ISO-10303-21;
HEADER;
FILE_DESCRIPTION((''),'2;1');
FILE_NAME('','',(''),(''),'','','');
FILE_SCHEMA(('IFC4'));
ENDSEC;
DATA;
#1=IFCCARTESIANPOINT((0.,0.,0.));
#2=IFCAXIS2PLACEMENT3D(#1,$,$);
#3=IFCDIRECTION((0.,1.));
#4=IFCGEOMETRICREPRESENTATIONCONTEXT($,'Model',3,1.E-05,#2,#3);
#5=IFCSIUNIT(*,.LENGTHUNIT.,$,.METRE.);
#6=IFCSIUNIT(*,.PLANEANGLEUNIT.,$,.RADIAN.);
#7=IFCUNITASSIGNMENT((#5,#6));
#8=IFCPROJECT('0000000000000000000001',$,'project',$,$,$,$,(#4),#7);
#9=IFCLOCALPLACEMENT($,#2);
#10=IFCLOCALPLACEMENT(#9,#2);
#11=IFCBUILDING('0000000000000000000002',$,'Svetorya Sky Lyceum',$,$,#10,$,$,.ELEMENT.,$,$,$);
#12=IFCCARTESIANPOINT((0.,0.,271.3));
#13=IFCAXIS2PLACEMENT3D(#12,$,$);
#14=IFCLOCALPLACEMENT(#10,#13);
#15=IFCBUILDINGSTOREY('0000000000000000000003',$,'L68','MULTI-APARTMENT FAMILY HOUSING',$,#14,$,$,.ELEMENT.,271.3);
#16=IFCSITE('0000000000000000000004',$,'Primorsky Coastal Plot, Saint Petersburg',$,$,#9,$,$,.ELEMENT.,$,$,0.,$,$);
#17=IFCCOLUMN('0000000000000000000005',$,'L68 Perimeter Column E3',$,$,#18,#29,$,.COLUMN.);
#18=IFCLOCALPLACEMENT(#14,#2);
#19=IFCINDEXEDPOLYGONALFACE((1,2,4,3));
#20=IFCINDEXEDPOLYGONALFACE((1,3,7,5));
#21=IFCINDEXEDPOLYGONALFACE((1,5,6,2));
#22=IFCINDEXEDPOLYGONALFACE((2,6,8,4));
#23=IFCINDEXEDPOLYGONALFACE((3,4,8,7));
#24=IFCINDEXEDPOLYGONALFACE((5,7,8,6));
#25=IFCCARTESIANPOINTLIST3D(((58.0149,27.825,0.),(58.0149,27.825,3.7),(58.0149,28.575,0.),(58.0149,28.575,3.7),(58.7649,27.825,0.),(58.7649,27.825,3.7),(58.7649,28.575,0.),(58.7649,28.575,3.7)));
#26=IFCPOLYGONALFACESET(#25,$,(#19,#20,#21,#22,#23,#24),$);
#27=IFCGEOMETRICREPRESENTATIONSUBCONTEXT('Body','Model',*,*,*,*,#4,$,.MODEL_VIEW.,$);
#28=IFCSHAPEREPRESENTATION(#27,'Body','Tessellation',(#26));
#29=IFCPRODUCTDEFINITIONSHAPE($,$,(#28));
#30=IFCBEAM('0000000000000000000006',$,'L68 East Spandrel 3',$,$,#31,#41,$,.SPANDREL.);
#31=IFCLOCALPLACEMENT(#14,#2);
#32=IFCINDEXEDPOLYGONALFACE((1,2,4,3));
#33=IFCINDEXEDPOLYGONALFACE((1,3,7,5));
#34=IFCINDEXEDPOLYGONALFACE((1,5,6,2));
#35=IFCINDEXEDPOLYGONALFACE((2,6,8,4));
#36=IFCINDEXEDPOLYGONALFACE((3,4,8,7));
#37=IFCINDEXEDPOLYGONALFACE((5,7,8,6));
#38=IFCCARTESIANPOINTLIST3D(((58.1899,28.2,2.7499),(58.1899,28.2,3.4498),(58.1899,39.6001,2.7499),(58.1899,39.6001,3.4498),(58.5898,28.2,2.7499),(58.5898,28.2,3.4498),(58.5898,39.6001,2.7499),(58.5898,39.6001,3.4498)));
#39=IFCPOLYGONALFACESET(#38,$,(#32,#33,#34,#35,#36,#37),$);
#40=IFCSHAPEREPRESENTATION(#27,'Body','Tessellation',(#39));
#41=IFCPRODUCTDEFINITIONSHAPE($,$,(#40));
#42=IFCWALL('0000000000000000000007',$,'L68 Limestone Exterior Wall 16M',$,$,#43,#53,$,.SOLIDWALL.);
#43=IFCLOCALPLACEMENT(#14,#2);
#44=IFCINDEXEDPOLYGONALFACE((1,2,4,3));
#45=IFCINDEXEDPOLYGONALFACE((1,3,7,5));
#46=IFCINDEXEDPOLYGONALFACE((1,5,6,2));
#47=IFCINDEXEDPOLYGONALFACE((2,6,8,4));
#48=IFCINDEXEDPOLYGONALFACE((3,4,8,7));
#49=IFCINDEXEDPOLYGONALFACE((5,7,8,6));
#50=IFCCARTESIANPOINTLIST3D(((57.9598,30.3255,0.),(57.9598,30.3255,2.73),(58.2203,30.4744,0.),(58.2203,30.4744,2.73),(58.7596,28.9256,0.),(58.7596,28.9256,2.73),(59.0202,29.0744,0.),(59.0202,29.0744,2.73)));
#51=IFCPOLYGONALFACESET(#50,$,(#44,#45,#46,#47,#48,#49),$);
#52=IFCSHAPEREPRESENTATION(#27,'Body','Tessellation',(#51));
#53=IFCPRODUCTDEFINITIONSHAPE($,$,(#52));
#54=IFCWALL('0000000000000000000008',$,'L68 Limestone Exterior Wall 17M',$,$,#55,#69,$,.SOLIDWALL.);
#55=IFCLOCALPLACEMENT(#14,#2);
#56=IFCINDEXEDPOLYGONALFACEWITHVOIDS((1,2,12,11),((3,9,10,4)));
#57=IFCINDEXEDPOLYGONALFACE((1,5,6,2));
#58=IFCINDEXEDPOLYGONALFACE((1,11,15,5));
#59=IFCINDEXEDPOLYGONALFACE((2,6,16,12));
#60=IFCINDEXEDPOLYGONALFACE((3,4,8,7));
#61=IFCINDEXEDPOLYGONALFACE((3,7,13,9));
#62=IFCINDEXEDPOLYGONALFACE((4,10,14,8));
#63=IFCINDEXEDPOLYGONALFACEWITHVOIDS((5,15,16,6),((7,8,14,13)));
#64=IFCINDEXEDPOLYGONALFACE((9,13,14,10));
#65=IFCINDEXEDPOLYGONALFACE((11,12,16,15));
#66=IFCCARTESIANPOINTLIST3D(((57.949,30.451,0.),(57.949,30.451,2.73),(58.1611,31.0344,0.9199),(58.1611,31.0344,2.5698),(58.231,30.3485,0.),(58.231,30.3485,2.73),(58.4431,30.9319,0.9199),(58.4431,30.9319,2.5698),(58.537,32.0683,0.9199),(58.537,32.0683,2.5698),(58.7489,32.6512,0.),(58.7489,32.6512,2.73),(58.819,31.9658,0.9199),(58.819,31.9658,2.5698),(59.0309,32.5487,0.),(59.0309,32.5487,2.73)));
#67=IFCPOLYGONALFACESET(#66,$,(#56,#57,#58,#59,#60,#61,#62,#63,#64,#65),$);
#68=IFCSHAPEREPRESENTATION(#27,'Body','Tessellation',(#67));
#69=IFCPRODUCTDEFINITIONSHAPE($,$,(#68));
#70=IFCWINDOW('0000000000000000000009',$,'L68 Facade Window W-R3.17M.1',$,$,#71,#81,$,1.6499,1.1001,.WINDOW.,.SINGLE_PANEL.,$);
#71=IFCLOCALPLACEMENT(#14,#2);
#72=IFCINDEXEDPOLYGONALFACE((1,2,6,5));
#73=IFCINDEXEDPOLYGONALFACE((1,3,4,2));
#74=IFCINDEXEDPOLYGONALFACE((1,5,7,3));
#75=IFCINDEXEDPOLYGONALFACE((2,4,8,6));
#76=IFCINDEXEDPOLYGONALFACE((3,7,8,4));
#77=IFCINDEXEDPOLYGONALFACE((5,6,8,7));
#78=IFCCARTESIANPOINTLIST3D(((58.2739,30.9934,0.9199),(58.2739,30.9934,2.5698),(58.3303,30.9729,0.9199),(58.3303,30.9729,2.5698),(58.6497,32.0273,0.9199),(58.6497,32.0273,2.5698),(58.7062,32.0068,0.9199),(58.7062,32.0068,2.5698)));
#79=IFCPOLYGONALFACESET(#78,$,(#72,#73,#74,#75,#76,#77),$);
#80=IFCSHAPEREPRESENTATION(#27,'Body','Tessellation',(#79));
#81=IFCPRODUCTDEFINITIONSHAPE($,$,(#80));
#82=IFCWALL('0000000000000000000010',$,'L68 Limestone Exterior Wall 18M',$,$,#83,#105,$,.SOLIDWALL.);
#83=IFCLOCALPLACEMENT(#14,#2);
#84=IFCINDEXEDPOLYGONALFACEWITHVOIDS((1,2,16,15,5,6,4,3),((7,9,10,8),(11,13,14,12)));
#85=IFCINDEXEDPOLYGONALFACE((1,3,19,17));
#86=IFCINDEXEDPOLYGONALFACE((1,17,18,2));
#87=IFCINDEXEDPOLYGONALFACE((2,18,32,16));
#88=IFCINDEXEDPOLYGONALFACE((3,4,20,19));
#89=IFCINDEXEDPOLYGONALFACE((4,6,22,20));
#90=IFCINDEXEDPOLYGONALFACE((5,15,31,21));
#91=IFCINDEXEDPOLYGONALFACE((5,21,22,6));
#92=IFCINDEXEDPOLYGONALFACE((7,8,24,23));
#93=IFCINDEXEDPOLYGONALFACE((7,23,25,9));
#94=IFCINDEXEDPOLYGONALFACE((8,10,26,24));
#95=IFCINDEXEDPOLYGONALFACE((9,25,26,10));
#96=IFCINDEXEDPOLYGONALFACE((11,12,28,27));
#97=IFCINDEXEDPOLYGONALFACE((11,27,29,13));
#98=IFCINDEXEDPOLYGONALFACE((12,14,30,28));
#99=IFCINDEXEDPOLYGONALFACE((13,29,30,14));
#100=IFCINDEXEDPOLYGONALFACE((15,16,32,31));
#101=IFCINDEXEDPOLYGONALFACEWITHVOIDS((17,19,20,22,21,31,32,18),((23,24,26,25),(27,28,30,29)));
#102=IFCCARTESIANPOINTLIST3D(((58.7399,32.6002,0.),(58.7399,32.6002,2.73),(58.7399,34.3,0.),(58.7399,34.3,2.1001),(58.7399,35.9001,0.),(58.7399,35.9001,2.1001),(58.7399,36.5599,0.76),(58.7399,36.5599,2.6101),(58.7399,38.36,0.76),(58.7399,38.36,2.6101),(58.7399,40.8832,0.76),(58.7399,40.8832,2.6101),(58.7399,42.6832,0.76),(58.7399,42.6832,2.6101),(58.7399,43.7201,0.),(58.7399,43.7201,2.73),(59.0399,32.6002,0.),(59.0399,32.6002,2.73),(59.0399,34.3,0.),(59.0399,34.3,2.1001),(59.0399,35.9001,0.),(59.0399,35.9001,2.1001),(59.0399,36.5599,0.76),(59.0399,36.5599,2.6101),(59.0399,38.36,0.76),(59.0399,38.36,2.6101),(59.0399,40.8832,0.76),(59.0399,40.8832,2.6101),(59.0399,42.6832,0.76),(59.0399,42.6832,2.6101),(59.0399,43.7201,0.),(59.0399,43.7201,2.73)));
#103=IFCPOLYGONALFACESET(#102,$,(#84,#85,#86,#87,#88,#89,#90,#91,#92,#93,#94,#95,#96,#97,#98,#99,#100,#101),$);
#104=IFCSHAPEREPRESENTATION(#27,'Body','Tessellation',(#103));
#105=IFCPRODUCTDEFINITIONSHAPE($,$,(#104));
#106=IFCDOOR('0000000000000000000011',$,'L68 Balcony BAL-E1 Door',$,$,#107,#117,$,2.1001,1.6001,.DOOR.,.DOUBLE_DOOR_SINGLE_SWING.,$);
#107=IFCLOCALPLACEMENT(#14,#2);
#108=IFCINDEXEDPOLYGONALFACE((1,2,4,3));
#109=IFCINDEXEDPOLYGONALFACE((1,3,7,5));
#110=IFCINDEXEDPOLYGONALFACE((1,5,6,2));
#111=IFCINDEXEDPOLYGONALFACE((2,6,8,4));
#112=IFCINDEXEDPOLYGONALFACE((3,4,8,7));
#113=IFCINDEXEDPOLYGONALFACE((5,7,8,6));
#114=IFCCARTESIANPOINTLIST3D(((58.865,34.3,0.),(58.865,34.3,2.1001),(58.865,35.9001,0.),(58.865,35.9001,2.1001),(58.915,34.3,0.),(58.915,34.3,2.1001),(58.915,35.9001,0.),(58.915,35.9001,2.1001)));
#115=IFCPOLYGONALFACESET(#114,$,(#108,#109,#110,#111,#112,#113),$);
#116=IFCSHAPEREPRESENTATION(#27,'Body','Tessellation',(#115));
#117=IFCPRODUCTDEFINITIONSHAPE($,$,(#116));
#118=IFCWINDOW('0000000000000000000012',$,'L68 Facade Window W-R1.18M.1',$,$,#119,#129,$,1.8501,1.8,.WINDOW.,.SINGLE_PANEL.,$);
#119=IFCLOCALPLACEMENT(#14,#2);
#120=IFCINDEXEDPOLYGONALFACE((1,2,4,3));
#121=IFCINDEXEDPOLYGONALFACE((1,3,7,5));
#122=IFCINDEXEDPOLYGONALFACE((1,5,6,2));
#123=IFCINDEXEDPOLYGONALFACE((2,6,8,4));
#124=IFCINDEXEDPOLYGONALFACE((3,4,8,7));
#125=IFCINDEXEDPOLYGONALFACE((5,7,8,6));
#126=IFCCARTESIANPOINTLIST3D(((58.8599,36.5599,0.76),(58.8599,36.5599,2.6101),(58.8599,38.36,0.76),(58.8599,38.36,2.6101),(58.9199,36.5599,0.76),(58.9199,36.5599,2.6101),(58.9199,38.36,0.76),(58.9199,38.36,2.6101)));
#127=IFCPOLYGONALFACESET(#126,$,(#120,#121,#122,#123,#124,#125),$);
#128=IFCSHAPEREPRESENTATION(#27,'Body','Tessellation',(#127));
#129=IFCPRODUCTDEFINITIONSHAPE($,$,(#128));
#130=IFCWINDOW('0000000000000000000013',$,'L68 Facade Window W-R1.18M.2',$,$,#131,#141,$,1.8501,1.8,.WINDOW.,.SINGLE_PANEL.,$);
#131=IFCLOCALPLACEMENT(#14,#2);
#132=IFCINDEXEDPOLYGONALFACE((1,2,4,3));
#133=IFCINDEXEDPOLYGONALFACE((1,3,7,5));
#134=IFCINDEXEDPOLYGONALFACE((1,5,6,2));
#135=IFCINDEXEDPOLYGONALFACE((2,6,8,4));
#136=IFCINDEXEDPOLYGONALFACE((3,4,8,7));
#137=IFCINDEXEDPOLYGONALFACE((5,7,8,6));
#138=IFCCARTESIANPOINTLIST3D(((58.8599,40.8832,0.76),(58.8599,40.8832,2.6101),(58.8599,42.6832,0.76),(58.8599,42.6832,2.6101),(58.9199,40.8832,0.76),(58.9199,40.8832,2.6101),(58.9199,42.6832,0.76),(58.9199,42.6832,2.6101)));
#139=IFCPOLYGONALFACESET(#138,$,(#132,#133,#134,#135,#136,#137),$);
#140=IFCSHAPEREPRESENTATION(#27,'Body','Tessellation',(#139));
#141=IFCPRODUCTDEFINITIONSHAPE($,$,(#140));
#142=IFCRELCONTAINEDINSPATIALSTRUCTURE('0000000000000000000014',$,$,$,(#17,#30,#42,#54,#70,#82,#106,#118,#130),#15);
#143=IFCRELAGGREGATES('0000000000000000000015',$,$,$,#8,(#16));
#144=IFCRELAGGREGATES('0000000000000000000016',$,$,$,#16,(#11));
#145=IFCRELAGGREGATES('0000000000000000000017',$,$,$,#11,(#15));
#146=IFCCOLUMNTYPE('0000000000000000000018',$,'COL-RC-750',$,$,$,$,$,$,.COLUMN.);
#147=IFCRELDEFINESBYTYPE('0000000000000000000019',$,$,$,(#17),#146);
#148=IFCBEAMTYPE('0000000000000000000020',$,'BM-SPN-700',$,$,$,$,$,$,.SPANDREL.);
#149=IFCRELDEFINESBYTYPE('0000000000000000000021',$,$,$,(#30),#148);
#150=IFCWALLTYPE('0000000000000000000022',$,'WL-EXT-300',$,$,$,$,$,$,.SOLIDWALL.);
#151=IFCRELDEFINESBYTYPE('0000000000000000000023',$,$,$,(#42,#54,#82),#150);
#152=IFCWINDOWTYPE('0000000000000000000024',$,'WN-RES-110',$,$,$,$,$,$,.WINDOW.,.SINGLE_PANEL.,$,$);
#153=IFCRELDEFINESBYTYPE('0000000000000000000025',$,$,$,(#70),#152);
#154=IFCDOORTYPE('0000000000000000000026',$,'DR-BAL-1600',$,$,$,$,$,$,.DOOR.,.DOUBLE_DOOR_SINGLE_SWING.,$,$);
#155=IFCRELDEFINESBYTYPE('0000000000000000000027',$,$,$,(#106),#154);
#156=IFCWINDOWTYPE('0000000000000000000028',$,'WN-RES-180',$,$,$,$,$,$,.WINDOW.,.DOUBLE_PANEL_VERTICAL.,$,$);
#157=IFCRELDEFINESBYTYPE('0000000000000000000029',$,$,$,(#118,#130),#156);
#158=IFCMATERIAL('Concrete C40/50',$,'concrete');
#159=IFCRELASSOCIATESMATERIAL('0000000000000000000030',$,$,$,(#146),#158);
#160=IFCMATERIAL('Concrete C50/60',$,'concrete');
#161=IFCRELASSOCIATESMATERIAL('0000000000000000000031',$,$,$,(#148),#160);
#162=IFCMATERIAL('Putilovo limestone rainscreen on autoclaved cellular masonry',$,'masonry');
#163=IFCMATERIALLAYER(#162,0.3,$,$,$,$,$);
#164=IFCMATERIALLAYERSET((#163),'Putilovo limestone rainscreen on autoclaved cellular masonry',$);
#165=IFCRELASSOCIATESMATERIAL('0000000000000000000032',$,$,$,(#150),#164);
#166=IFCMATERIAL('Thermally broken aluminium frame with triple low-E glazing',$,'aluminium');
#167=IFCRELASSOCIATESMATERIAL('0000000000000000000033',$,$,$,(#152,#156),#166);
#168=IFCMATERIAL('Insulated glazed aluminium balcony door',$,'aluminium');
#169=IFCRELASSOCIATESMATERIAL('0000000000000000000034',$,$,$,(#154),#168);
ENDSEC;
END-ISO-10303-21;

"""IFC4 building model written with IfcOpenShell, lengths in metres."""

from ifc_helpers import new_model, si_unit, direction, frame, frame_2d, origin, origin_2d, place, context, subcontext, project, spatial, rectangle, extrude, material, layer, layer_set, material_profile, profile_set, type_object, element, fill, save


model = new_model("IFC4")

# Units and contexts
model_context = context("Model", 3, precision=1e-05, world=origin(), true_north=direction((0.0, 1.0)))
body_context = subcontext(model_context, "Body", "Model", "MODEL_VIEW")
ifc_project = project(units=[si_unit("LENGTHUNIT", "METRE"), si_unit("PLANEANGLEUNIT", "RADIAN")], contexts=[model_context])

# Site, building, storey
site_placement = place(None, origin())
site = spatial("IfcSite", under=ifc_project, at=site_placement, Name="Primorsky Coastal Plot, Saint Petersburg", CompositionType="ELEMENT", RefElevation=0.0)
building_placement = place(site_placement, origin())
building = spatial("IfcBuilding", under=site, at=building_placement, Name="Svetorya Sky Lyceum", CompositionType="ELEMENT")
storey_placement = place(building_placement, frame((0.0, 0.0, 271.3)))
storey = spatial("IfcBuildingStorey", under=building, at=storey_placement, Name="L68", Description="MULTI-APARTMENT FAMILY HOUSING", CompositionType="ELEMENT", Elevation=271.3)

# Column
ifc_material_1 = material(Name="Concrete C40/50", Category="concrete")
ifc_material_profile_1 = material_profile(ifc_material_1, rectangle(XDim=0.75, YDim=0.75, at=origin_2d()), Name="RC COL 750x750")
ifc_profile_set_1 = profile_set([ifc_material_profile_1], Name="Concrete C40/50")
column_type = type_object("IfcColumnType", Name="COL-RC-750", PredefinedType="COLUMN", material=ifc_profile_set_1)
column_placement = place(storey_placement, frame((58.3899, 28.2, 0.0), z_axis=(0.0, 0.0, 1.0), x_axis=(1.0, 0.0, 0.0)))
element("IfcColumn", 1, at=column_placement, inside=storey, type_object=column_type, Name="L68 Perimeter Column E3", PredefinedType="COLUMN", context=body_context, shape_type="SweptSolid", body=[
    extrude(rectangle(XDim=0.75, YDim=0.75, at=origin_2d()), origin(), (0.0, 0.0, 1.0), 3.7),
])

# Beam
ifc_material_2 = material(Name="Concrete C50/60", Category="concrete")
ifc_material_profile_2 = material_profile(ifc_material_2, rectangle(XDim=0.3999, YDim=0.7, at=origin_2d()), Name="RC SPANDREL 400x700")
ifc_profile_set_2 = profile_set([ifc_material_profile_2], Name="Concrete C50/60")
beam_type = type_object("IfcBeamType", Name="BM-SPN-700", PredefinedType="SPANDREL", material=ifc_profile_set_2)
beam_placement = place(storey_placement, frame((58.3899, 28.2, 3.0999), z_axis=(0.0, 1.0, 0.0), x_axis=(-1.0, 0.0, 0.0)))
element("IfcBeam", 2, at=beam_placement, inside=storey, type_object=beam_type, Name="L68 East Spandrel 3", PredefinedType="SPANDREL", context=body_context, shape_type="SweptSolid", body=[
    extrude(rectangle(XDim=0.3999, YDim=0.7, at=origin_2d()), origin(), (0.0, 0.0, 1.0), 11.4001),
])

# Wall
ifc_material_3 = material(Name="Putilovo limestone rainscreen on autoclaved cellular masonry", Category="masonry")
ifc_layer_1 = layer(ifc_material_3, 0.3)
ifc_layer_set_1 = layer_set([ifc_layer_1], Name="Putilovo limestone rainscreen on autoclaved cellular masonry")
wall_type_1 = type_object("IfcWallType", Name="WL-EXT-300", PredefinedType="SOLIDWALL", material=ifc_layer_set_1)
wall_1_placement = place(storey_placement, frame((58.8899, 29.0, 0.0), z_axis=(0.0, 0.0, 1.0), x_axis=(-0.496074, 0.86828, 0.0)))
element("IfcWall", 3, at=wall_1_placement, inside=storey, type_object=wall_type_1, Name="L68 Limestone Exterior Wall 16M", PredefinedType="SOLIDWALL", context=body_context, shape_type="SweptSolid", body=[
    extrude(rectangle(XDim=1.6123, YDim=0.3, at=frame_2d((0.8062, 0.0))), origin(), (0.0, 0.0, 1.0), 2.73),
])

# Wall, opening, window
wall_2_placement = place(storey_placement, frame((58.0901, 30.3999, 0.0), z_axis=(0.0, 0.0, 1.0), x_axis=(0.341643, 0.93983, 0.0)))
wall_2 = element("IfcWall", 4, at=wall_2_placement, inside=storey, type_object=wall_type_1, Name="L68 Limestone Exterior Wall 17M", PredefinedType="SOLIDWALL", context=body_context, shape_type="SweptSolid", body=[
    extrude(rectangle(XDim=2.3411, YDim=0.3, at=frame_2d((1.1704, 0.0))), origin(), (0.0, 0.0, 1.0), 2.73),
])
opening_1_placement = place(wall_2_placement, frame((0.6206, 0.0, 0.9199)))
opening_1 = element("IfcOpeningElement", 5, at=opening_1_placement, cuts=wall_2, PredefinedType="OPENING", context=body_context, shape_type="SweptSolid", body=[
    extrude(rectangle(XDim=1.1001, YDim=1.6499, at=frame_2d((0.55, 0.825))), frame((0.0, 0.1599, 0.0), z_axis=(0.0, -1.0, 0.0), x_axis=(1.0, 0.0, 0.0)), (0.0, 0.0, 1.0), 0.3201),
])
ifc_material_4 = material(Name="Thermally broken aluminium frame with triple low-E glazing", Category="aluminium")
window_type_1 = type_object("IfcWindowType", Name="WN-RES-110", PartitioningType="SINGLE_PANEL", PredefinedType="WINDOW", material=ifc_material_4)
window_1_placement = place(opening_1_placement, origin())
window_1 = element("IfcWindow", 6, at=window_1_placement, inside=storey, type_object=window_type_1, Name="L68 Facade Window W-R3.17M.1", OverallHeight=1.6499, OverallWidth=1.1001, PartitioningType="SINGLE_PANEL", PredefinedType="WINDOW", context=body_context, shape_type="SweptSolid", body=[
    extrude(rectangle(XDim=1.1001, YDim=1.6499, at=frame_2d((0.55, 0.825))), frame((0.0, 0.03, 0.0), z_axis=(0.0, -1.0, 0.0), x_axis=(1.0, 0.0, 0.0)), (0.0, 0.0, 1.0), 0.0601),
])
fill(opening_1, window_1)

# Wall, openings, door, windows
wall_3_placement = place(storey_placement, frame((58.8899, 32.6001, 0.0), z_axis=(0.0, 0.0, 1.0), x_axis=(0.0, 1.0, 0.0)))
wall_3 = element("IfcWall", 7, at=wall_3_placement, inside=storey, type_object=wall_type_1, Name="L68 Limestone Exterior Wall 18M", PredefinedType="SOLIDWALL", context=body_context, shape_type="SweptSolid", body=[
    extrude(rectangle(XDim=11.1199, YDim=0.3, at=frame_2d((5.5601, 0.0))), origin(), (0.0, 0.0, 1.0), 2.73),
])
opening_2_placement = place(wall_3_placement, frame((1.7, 0.0, 0.0)))
opening_2 = element("IfcOpeningElement", 8, at=opening_2_placement, cuts=wall_3, PredefinedType="OPENING", context=body_context, shape_type="SweptSolid", body=[
    extrude(rectangle(XDim=1.6001, YDim=2.1001, at=frame_2d((0.8, 1.05))), frame((0.0, 0.1599, 0.0), z_axis=(0.0, -1.0, 0.0), x_axis=(1.0, 0.0, 0.0)), (0.0, 0.0, 1.0), 0.3201),
])
opening_3_placement = place(wall_3_placement, frame((3.96, 0.0, 0.76)))
opening_3 = element("IfcOpeningElement", 9, at=opening_3_placement, cuts=wall_3, PredefinedType="OPENING", context=body_context, shape_type="SweptSolid", body=[
    extrude(rectangle(XDim=1.8, YDim=1.8501, at=frame_2d((0.8999, 0.925))), frame((0.0, 0.1599, 0.0), z_axis=(0.0, -1.0, 0.0), x_axis=(1.0, 0.0, 0.0)), (0.0, 0.0, 1.0), 0.3201),
])
opening_4_placement = place(wall_3_placement, frame((8.2832, 0.0, 0.76)))
opening_4 = element("IfcOpeningElement", 10, at=opening_4_placement, cuts=wall_3, PredefinedType="OPENING", context=body_context, shape_type="SweptSolid", body=[
    extrude(rectangle(XDim=1.8, YDim=1.8501, at=frame_2d((0.8999, 0.925))), frame((0.0, 0.1599, 0.0), z_axis=(0.0, -1.0, 0.0), x_axis=(1.0, 0.0, 0.0)), (0.0, 0.0, 1.0), 0.3201),
])
ifc_material_5 = material(Name="Insulated glazed aluminium balcony door", Category="aluminium")
door_type_1 = type_object("IfcDoorType", Name="DR-BAL-1600", OperationType="DOUBLE_DOOR_SINGLE_SWING", PredefinedType="DOOR", material=ifc_material_5)
door_1_placement = place(opening_2_placement, origin())
door_1 = element("IfcDoor", 11, at=door_1_placement, inside=storey, type_object=door_type_1, Name="L68 Balcony BAL-E1 Door", OperationType="DOUBLE_DOOR_SINGLE_SWING", OverallHeight=2.1001, OverallWidth=1.6001, PredefinedType="DOOR", context=body_context, shape_type="SweptSolid", body=[
    extrude(rectangle(XDim=1.6001, YDim=2.1001, at=frame_2d((0.8, 1.05))), frame((0.0, 0.0249, 0.0), z_axis=(0.0, -1.0, 0.0), x_axis=(1.0, 0.0, 0.0)), (0.0, 0.0, 1.0), 0.05),
])
fill(opening_2, door_1)
window_type_2 = type_object("IfcWindowType", Name="WN-RES-180", PartitioningType="DOUBLE_PANEL_VERTICAL", PredefinedType="WINDOW", material=ifc_material_4)
window_2_placement = place(opening_3_placement, origin())
window_2 = element("IfcWindow", 12, at=window_2_placement, inside=storey, type_object=window_type_2, Name="L68 Facade Window W-R1.18M.1", OverallHeight=1.8501, OverallWidth=1.8, PartitioningType="SINGLE_PANEL", PredefinedType="WINDOW", context=body_context, shape_type="SweptSolid", body=[
    extrude(rectangle(XDim=1.8, YDim=1.8501, at=frame_2d((0.8999, 0.925))), frame((0.0, 0.03, 0.0), z_axis=(0.0, -1.0, 0.0), x_axis=(1.0, 0.0, 0.0)), (0.0, 0.0, 1.0), 0.0601),
])
fill(opening_3, window_2)
window_3_placement = place(opening_4_placement, origin())
window_3 = element("IfcWindow", 13, at=window_3_placement, inside=storey, type_object=window_type_2, Name="L68 Facade Window W-R1.18M.2", OverallHeight=1.8501, OverallWidth=1.8, PartitioningType="SINGLE_PANEL", PredefinedType="WINDOW", context=body_context, shape_type="SweptSolid", body=[
    extrude(rectangle(XDim=1.8, YDim=1.8501, at=frame_2d((0.8999, 0.925))), frame((0.0, 0.03, 0.0), z_axis=(0.0, -1.0, 0.0), x_axis=(1.0, 0.0, 0.0)), (0.0, 0.0, 1.0), 0.0601),
])
fill(opening_4, window_3)

save(model, "model.ifc")
